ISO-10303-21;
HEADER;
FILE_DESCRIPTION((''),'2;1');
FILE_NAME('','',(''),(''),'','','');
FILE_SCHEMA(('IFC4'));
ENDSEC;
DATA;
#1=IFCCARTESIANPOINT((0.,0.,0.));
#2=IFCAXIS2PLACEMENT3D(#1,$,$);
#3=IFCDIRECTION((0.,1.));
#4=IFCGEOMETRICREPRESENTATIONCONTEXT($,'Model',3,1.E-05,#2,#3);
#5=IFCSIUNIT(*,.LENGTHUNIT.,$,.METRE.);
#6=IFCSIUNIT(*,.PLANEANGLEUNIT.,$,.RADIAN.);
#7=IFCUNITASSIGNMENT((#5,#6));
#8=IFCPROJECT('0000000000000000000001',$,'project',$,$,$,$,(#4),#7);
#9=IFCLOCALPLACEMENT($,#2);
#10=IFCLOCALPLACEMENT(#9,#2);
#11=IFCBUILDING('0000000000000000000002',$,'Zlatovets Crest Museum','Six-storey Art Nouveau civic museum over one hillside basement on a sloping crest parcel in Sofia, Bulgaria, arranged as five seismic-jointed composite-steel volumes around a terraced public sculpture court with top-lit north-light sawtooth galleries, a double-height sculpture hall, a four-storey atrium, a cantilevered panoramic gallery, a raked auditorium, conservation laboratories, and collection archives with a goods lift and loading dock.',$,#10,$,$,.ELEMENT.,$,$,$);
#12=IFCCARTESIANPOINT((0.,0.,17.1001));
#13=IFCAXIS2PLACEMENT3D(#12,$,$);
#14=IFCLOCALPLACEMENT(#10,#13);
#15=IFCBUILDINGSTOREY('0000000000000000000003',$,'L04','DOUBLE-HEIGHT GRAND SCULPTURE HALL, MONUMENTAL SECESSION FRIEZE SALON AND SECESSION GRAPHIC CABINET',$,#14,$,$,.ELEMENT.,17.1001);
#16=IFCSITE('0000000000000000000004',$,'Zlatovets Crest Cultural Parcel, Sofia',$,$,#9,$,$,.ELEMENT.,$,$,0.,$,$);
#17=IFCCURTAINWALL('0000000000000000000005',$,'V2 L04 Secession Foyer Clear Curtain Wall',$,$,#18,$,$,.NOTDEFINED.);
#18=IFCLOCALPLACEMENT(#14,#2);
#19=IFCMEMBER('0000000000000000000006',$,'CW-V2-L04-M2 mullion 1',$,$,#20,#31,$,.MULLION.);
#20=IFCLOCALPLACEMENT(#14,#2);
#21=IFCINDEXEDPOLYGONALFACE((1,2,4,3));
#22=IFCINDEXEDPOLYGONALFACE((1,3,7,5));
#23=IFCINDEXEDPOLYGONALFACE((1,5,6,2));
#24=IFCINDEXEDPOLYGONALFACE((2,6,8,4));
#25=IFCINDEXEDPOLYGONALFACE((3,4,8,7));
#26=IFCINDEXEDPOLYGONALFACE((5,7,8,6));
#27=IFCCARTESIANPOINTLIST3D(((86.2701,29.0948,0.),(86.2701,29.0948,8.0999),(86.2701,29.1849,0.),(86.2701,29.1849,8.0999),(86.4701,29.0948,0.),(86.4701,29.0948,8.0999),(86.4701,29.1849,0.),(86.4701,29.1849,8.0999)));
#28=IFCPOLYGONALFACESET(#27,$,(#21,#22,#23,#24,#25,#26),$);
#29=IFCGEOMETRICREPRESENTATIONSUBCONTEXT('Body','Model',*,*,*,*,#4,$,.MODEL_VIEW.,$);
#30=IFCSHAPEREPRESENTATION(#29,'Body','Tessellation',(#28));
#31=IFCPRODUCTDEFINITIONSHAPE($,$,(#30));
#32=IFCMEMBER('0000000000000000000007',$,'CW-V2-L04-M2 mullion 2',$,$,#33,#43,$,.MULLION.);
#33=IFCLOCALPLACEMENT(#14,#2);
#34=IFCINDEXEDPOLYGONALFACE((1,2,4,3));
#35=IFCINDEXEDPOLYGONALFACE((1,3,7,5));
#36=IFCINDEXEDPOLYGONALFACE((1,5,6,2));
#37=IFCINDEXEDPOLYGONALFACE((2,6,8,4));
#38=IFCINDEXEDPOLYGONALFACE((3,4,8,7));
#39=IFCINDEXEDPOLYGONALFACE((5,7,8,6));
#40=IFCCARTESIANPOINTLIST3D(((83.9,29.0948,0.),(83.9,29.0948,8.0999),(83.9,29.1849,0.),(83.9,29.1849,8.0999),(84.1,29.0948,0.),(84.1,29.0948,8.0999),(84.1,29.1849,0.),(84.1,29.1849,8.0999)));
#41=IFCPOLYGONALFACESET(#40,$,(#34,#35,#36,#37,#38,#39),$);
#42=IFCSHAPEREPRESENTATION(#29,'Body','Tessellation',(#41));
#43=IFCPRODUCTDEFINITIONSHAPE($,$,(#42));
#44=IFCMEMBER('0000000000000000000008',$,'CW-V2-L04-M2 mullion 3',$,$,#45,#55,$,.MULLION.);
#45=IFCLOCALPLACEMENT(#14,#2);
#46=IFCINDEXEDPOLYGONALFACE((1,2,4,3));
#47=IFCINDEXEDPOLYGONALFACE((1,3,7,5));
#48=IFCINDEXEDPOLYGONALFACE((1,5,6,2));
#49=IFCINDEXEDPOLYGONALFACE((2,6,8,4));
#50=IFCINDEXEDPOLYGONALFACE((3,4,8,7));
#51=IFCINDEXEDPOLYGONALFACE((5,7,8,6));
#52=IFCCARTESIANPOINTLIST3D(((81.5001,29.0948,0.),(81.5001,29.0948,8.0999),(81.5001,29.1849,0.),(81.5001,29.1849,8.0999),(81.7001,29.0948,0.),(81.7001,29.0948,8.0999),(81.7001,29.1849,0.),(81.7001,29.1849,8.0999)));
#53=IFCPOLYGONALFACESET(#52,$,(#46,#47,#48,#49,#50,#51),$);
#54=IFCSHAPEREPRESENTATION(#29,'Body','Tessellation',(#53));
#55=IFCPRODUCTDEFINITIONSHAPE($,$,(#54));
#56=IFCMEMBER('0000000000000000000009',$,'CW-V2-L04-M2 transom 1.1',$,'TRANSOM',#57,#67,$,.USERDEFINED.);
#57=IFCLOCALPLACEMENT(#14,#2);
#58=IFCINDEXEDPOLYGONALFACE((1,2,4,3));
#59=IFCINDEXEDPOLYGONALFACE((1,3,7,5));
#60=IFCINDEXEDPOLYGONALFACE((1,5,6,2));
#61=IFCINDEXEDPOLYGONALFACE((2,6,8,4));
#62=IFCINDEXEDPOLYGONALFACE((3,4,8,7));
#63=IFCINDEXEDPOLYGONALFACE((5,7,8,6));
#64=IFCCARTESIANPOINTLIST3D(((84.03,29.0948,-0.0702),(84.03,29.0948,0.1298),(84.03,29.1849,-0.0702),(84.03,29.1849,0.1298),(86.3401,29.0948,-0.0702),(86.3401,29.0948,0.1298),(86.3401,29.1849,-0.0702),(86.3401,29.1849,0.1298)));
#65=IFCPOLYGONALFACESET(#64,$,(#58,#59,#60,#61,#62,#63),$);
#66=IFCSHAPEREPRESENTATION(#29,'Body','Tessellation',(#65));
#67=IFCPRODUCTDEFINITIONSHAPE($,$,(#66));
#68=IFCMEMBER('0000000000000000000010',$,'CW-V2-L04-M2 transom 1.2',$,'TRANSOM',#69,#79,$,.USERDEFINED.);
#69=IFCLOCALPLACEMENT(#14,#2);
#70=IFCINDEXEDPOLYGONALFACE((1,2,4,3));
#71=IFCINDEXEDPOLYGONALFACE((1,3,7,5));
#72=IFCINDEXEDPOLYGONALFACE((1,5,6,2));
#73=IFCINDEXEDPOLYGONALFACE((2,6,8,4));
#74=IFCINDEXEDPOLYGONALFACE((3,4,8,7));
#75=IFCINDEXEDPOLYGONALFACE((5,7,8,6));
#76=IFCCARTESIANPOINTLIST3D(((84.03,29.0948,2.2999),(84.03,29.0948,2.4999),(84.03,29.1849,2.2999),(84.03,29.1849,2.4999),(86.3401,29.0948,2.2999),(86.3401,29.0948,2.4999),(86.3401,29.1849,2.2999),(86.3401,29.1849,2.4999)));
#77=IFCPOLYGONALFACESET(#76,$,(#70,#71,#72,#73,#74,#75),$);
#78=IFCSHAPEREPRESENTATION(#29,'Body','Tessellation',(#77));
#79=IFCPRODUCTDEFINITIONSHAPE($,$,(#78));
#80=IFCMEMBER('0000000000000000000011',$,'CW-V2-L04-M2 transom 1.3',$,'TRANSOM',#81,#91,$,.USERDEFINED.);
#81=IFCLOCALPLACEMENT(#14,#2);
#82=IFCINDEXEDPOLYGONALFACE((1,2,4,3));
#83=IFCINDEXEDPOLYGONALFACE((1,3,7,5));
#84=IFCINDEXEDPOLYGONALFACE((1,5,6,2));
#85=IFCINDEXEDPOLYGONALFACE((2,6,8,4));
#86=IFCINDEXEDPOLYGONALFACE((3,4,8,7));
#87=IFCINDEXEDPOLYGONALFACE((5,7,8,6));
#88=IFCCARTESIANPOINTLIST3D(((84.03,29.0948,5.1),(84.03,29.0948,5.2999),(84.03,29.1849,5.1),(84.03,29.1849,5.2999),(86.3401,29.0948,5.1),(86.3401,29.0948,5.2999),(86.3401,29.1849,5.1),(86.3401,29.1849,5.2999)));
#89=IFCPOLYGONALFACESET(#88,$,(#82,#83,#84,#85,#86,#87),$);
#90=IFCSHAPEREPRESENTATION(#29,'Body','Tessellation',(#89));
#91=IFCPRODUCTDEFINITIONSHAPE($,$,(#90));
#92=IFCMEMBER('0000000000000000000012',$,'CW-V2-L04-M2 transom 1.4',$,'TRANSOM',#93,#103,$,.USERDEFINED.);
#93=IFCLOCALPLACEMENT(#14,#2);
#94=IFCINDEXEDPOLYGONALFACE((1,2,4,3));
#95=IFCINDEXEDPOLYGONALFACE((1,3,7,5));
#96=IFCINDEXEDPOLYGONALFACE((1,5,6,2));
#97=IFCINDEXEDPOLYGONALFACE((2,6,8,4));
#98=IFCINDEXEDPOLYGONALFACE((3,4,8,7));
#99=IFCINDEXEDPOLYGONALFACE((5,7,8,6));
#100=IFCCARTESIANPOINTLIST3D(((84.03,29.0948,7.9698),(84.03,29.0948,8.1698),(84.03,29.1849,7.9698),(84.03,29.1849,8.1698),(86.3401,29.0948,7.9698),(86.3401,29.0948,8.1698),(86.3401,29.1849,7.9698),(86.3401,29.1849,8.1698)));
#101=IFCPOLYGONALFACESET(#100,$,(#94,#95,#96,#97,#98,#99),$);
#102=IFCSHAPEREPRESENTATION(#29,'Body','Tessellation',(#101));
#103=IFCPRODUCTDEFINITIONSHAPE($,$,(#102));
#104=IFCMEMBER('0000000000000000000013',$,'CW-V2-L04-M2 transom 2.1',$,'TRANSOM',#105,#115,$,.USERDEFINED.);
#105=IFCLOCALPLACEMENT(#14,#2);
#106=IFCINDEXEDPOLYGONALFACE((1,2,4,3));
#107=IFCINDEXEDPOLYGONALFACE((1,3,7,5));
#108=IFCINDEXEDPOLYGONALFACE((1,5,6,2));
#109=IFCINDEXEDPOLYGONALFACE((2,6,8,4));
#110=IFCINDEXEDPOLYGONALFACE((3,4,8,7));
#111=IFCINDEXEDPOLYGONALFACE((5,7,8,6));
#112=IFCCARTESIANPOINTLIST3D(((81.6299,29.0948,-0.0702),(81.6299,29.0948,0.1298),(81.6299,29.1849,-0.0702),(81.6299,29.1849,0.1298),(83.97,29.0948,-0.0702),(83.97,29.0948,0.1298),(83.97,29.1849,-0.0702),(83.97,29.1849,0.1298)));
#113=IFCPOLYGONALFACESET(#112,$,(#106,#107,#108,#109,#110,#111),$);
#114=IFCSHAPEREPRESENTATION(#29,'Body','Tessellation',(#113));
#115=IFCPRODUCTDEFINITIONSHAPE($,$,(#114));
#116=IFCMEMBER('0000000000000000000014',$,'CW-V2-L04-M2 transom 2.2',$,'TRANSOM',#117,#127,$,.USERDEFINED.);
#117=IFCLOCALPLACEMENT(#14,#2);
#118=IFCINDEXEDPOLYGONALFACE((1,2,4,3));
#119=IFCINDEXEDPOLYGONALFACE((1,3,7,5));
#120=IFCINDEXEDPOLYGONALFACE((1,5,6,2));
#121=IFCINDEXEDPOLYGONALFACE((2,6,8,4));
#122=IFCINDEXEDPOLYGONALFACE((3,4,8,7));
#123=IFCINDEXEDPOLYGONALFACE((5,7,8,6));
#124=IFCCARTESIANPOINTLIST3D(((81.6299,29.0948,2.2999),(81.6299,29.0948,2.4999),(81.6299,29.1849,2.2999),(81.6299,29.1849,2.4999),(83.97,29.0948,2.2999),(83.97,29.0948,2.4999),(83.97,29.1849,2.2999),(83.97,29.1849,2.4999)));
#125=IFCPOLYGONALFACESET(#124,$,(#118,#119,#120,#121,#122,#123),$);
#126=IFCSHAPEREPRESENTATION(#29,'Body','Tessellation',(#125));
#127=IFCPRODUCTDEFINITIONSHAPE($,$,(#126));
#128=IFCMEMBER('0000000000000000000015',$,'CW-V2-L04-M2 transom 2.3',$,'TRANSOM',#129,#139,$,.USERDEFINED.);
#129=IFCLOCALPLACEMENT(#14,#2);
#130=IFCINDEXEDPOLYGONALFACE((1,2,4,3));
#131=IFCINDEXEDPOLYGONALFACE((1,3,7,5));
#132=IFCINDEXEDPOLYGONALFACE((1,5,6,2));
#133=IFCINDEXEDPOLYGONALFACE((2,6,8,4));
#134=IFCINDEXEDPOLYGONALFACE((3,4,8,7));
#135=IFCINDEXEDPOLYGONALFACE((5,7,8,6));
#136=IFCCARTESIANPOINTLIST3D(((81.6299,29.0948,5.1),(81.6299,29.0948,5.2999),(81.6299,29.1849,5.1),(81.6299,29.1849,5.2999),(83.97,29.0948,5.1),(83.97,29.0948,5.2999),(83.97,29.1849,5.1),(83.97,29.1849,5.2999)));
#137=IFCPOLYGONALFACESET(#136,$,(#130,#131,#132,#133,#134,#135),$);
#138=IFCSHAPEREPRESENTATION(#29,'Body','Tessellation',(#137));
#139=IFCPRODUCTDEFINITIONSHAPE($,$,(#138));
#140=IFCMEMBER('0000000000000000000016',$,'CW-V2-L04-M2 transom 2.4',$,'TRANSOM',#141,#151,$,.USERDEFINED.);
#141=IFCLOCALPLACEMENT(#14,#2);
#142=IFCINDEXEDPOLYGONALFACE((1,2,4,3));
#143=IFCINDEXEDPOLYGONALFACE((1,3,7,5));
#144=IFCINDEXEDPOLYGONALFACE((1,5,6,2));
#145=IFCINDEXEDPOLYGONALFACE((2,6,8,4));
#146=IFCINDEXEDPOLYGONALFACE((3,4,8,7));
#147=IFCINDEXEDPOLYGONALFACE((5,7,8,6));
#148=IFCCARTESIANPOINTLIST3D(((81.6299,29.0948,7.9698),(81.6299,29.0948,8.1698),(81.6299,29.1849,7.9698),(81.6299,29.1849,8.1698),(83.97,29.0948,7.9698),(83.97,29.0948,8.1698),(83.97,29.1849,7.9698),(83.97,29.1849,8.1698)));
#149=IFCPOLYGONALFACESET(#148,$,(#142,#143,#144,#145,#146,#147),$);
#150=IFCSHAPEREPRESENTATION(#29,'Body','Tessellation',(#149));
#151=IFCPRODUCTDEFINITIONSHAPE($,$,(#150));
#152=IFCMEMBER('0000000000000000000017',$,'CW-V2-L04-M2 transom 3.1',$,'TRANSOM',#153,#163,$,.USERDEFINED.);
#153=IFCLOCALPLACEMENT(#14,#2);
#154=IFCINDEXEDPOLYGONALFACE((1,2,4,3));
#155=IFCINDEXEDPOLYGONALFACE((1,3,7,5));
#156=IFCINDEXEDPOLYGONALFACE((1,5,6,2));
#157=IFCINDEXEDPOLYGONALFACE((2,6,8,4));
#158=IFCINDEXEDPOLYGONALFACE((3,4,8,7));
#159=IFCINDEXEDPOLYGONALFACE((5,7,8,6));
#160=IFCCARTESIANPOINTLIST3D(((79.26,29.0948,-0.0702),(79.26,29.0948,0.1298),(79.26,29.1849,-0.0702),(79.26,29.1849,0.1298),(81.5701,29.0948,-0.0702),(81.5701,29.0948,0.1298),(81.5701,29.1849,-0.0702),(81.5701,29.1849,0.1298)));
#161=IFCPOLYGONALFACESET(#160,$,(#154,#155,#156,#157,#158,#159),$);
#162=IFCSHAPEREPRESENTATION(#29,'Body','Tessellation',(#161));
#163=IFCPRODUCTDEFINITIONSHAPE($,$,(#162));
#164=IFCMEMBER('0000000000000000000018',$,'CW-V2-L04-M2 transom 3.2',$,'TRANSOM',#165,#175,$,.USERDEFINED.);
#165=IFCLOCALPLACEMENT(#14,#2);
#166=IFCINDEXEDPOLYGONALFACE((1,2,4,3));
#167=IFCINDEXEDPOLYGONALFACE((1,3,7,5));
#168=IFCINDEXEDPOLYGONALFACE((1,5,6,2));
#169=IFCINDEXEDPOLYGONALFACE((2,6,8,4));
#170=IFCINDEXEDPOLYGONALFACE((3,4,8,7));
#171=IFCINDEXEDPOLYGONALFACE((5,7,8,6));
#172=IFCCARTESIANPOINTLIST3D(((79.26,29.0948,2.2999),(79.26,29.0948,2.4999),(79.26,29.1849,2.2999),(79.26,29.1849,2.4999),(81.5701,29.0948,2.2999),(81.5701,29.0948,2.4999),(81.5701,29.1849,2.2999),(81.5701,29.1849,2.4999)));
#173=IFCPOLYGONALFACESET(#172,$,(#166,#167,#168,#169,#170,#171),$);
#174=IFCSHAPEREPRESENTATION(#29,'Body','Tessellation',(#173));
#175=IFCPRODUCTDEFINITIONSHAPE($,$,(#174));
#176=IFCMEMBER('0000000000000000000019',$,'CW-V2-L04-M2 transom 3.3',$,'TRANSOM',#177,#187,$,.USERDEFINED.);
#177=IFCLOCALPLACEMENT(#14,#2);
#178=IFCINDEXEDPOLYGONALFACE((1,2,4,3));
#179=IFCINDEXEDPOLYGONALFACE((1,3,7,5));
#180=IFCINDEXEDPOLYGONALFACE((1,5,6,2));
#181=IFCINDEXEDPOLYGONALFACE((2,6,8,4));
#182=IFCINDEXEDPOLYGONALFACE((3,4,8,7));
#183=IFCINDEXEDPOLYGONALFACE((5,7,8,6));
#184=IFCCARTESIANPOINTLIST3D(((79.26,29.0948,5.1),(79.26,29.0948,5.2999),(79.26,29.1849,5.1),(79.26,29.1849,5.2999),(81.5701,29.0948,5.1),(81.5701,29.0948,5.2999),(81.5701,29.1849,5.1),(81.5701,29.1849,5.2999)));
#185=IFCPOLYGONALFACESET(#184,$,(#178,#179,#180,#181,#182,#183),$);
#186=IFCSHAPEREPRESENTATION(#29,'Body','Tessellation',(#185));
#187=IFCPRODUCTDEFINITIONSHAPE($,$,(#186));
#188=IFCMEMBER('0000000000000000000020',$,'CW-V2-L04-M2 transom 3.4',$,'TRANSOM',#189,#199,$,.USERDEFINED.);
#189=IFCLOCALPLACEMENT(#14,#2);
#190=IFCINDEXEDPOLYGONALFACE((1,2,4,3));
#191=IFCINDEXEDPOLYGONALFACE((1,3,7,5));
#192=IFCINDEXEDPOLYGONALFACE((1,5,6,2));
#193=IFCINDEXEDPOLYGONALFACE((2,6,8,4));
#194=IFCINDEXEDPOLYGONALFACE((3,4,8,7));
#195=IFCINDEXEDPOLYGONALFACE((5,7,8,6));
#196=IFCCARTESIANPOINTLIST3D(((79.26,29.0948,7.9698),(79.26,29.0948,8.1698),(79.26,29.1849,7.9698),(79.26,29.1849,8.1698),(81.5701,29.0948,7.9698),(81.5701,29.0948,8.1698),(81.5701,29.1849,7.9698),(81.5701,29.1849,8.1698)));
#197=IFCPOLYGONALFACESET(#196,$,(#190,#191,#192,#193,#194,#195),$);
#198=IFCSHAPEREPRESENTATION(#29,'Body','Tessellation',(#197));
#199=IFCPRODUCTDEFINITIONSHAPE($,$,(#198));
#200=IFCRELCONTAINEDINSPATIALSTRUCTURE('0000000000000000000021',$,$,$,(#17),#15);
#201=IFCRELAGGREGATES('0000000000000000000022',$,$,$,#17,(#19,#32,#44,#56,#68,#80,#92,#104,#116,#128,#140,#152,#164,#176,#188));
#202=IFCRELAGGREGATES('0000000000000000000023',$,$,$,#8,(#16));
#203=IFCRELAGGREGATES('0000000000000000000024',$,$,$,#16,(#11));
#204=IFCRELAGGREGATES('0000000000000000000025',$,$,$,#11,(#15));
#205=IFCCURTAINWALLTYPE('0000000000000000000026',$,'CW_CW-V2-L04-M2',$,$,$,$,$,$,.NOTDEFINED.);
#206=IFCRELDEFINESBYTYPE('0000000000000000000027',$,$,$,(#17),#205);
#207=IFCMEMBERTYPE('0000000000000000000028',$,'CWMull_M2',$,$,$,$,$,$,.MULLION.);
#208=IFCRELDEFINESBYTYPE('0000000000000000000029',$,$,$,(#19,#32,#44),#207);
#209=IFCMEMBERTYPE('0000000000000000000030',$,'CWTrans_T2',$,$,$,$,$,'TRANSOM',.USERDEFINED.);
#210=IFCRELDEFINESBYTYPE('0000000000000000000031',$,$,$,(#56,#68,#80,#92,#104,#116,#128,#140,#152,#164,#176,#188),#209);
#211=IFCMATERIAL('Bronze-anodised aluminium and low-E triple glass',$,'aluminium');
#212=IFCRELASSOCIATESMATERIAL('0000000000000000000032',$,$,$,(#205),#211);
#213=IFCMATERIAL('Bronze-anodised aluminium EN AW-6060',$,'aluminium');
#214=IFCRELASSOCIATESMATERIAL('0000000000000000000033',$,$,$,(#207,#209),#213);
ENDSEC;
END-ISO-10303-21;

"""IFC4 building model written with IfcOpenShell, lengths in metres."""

from ifc_helpers import new_model, si_unit, direction, frame, origin, origin_2d, place, context, subcontext, project, spatial, rectangle, extrude, material, material_profile, profile_set, type_object, element, aggregate, save


model = new_model("IFC4")

# Units and contexts
model_context = context("Model", 3, precision=1e-05, world=origin(), true_north=direction((0.0, 1.0)))
body_context = subcontext(model_context, "Body", "Model", "MODEL_VIEW")
ifc_project = project(units=[si_unit("LENGTHUNIT", "METRE"), si_unit("PLANEANGLEUNIT", "RADIAN")], contexts=[model_context])

# Site, building, storey
site_placement = place(None, origin())
site = spatial("IfcSite", under=ifc_project, at=site_placement, Name="Zlatovets Crest Cultural Parcel, Sofia", CompositionType="ELEMENT", RefElevation=0.0)
building_placement = place(site_placement, origin())
building = spatial("IfcBuilding", under=site, at=building_placement, Name="Zlatovets Crest Museum", Description="Six-storey Art Nouveau civic museum over one hillside basement on a sloping crest parcel in Sofia, Bulgaria, arranged as five seismic-jointed composite-steel volumes around a terraced public sculpture court with top-lit north-light sawtooth galleries, a double-height sculpture hall, a four-storey atrium, a cantilevered panoramic gallery, a raked auditorium, conservation laboratories, and collection archives with a goods lift and loading dock.", CompositionType="ELEMENT")
storey_placement = place(building_placement, frame((0.0, 0.0, 17.1001)))
storey = spatial("IfcBuildingStorey", under=building, at=storey_placement, Name="L04", Description="DOUBLE-HEIGHT GRAND SCULPTURE HALL, MONUMENTAL SECESSION FRIEZE SALON AND SECESSION GRAPHIC CABINET", CompositionType="ELEMENT", Elevation=17.1001)

# Curtain wall, members
ifc_material_1 = material(Name="Bronze-anodised aluminium and low-E triple glass", Category="aluminium")
curtain_wall_type = type_object("IfcCurtainWallType", Name="CW_CW-V2-L04-M2", PredefinedType="NOTDEFINED", material=ifc_material_1)
curtain_wall_placement = place(storey_placement, origin())
curtain_wall = element("IfcCurtainWall", 1, at=curtain_wall_placement, inside=storey, type_object=curtain_wall_type, Name="V2 L04 Secession Foyer Clear Curtain Wall", PredefinedType="NOTDEFINED")
ifc_material_2 = material(Name="Bronze-anodised aluminium EN AW-6060", Category="aluminium")
ifc_material_profile_1 = material_profile(ifc_material_2, rectangle(XDim=0.0901, YDim=0.2, at=origin_2d()), Name="ALU 90x200")
ifc_profile_set_1 = profile_set([ifc_material_profile_1], Name="Bronze-anodised aluminium EN AW-6060")
member_type_1 = type_object("IfcMemberType", Name="CWMull_M2", PredefinedType="MULLION", material=ifc_profile_set_1)
member_1_placement = place(storey_placement, frame((86.3701, 29.1399, 0.0), z_axis=(0.0, 0.0, 1.0), x_axis=(0.0, -1.0, 0.0)))
member_1 = element("IfcMember", 2, at=member_1_placement, type_object=member_type_1, Name="CW-V2-L04-M2 mullion 1", PredefinedType="MULLION", context=body_context, shape_type="SweptSolid", body=[
    extrude(rectangle(XDim=0.0901, YDim=0.2, at=origin_2d()), origin(), (0.0, 0.0, 1.0), 8.0999),
])
member_2_placement = place(storey_placement, frame((84.0, 29.1399, 0.0), z_axis=(0.0, 0.0, 1.0), x_axis=(0.0, -1.0, 0.0)))
member_2 = element("IfcMember", 3, at=member_2_placement, type_object=member_type_1, Name="CW-V2-L04-M2 mullion 2", PredefinedType="MULLION", context=body_context, shape_type="SweptSolid", body=[
    extrude(rectangle(XDim=0.0901, YDim=0.2, at=origin_2d()), origin(), (0.0, 0.0, 1.0), 8.0999),
])
member_3_placement = place(storey_placement, frame((81.6001, 29.1399, 0.0), z_axis=(0.0, 0.0, 1.0), x_axis=(0.0, -1.0, 0.0)))
member_3 = element("IfcMember", 4, at=member_3_placement, type_object=member_type_1, Name="CW-V2-L04-M2 mullion 3", PredefinedType="MULLION", context=body_context, shape_type="SweptSolid", body=[
    extrude(rectangle(XDim=0.0901, YDim=0.2, at=origin_2d()), origin(), (0.0, 0.0, 1.0), 8.0999),
])
ifc_material_profile_2 = material_profile(ifc_material_2, rectangle(XDim=0.0901, YDim=0.2, at=origin_2d()), Name="ALU 90x200")
ifc_profile_set_2 = profile_set([ifc_material_profile_2], Name="Bronze-anodised aluminium EN AW-6060")
member_type_2 = type_object("IfcMemberType", Name="CWTrans_T2", ElementType="TRANSOM", PredefinedType="USERDEFINED", material=ifc_profile_set_2)
member_4_placement = place(storey_placement, frame((86.3401, 29.1399, 0.0298), z_axis=(-1.0, 0.0, 0.0), x_axis=(0.0, -1.0, 0.0)))
member_4 = element("IfcMember", 5, at=member_4_placement, type_object=member_type_2, Name="CW-V2-L04-M2 transom 1.1", ObjectType="TRANSOM", PredefinedType="USERDEFINED", context=body_context, shape_type="SweptSolid", body=[
    extrude(rectangle(XDim=0.0901, YDim=0.2, at=origin_2d()), origin(), (0.0, 0.0, 1.0), 2.3101),
])
member_5_placement = place(storey_placement, frame((86.3401, 29.1399, 2.3999), z_axis=(-1.0, 0.0, 0.0), x_axis=(0.0, -1.0, 0.0)))
member_5 = element("IfcMember", 6, at=member_5_placement, type_object=member_type_2, Name="CW-V2-L04-M2 transom 1.2", ObjectType="TRANSOM", PredefinedType="USERDEFINED", context=body_context, shape_type="SweptSolid", body=[
    extrude(rectangle(XDim=0.0901, YDim=0.2, at=origin_2d()), origin(), (0.0, 0.0, 1.0), 2.3101),
])
member_6_placement = place(storey_placement, frame((86.3401, 29.1399, 5.2), z_axis=(-1.0, 0.0, 0.0), x_axis=(0.0, -1.0, 0.0)))
member_6 = element("IfcMember", 7, at=member_6_placement, type_object=member_type_2, Name="CW-V2-L04-M2 transom 1.3", ObjectType="TRANSOM", PredefinedType="USERDEFINED", context=body_context, shape_type="SweptSolid", body=[
    extrude(rectangle(XDim=0.0901, YDim=0.2, at=origin_2d()), origin(), (0.0, 0.0, 1.0), 2.3101),
])
member_7_placement = place(storey_placement, frame((86.3401, 29.1399, 8.0698), z_axis=(-1.0, 0.0, 0.0), x_axis=(0.0, -1.0, 0.0)))
member_7 = element("IfcMember", 8, at=member_7_placement, type_object=member_type_2, Name="CW-V2-L04-M2 transom 1.4", ObjectType="TRANSOM", PredefinedType="USERDEFINED", context=body_context, shape_type="SweptSolid", body=[
    extrude(rectangle(XDim=0.0901, YDim=0.2, at=origin_2d()), origin(), (0.0, 0.0, 1.0), 2.3101),
])
member_8_placement = place(storey_placement, frame((83.97, 29.1399, 0.0298), z_axis=(-1.0, 0.0, 0.0), x_axis=(0.0, -1.0, 0.0)))
member_8 = element("IfcMember", 9, at=member_8_placement, type_object=member_type_2, Name="CW-V2-L04-M2 transom 2.1", ObjectType="TRANSOM", PredefinedType="USERDEFINED", context=body_context, shape_type="SweptSolid", body=[
    extrude(rectangle(XDim=0.0901, YDim=0.2, at=origin_2d()), origin(), (0.0, 0.0, 1.0), 2.3401),
])
member_9_placement = place(storey_placement, frame((83.97, 29.1399, 2.3999), z_axis=(-1.0, 0.0, 0.0), x_axis=(0.0, -1.0, 0.0)))
member_9 = element("IfcMember", 10, at=member_9_placement, type_object=member_type_2, Name="CW-V2-L04-M2 transom 2.2", ObjectType="TRANSOM", PredefinedType="USERDEFINED", context=body_context, shape_type="SweptSolid", body=[
    extrude(rectangle(XDim=0.0901, YDim=0.2, at=origin_2d()), origin(), (0.0, 0.0, 1.0), 2.3401),
])
member_10_placement = place(storey_placement, frame((83.97, 29.1399, 5.2), z_axis=(-1.0, 0.0, 0.0), x_axis=(0.0, -1.0, 0.0)))
member_10 = element("IfcMember", 11, at=member_10_placement, type_object=member_type_2, Name="CW-V2-L04-M2 transom 2.3", ObjectType="TRANSOM", PredefinedType="USERDEFINED", context=body_context, shape_type="SweptSolid", body=[
    extrude(rectangle(XDim=0.0901, YDim=0.2, at=origin_2d()), origin(), (0.0, 0.0, 1.0), 2.3401),
])
member_11_placement = place(storey_placement, frame((83.97, 29.1399, 8.0698), z_axis=(-1.0, 0.0, 0.0), x_axis=(0.0, -1.0, 0.0)))
member_11 = element("IfcMember", 12, at=member_11_placement, type_object=member_type_2, Name="CW-V2-L04-M2 transom 2.4", ObjectType="TRANSOM", PredefinedType="USERDEFINED", context=body_context, shape_type="SweptSolid", body=[
    extrude(rectangle(XDim=0.0901, YDim=0.2, at=origin_2d()), origin(), (0.0, 0.0, 1.0), 2.3401),
])
member_12_placement = place(storey_placement, frame((81.5701, 29.1399, 0.0298), z_axis=(-1.0, 0.0, 0.0), x_axis=(0.0, -1.0, 0.0)))
member_12 = element("IfcMember", 13, at=member_12_placement, type_object=member_type_2, Name="CW-V2-L04-M2 transom 3.1", ObjectType="TRANSOM", PredefinedType="USERDEFINED", context=body_context, shape_type="SweptSolid", body=[
    extrude(rectangle(XDim=0.0901, YDim=0.2, at=origin_2d()), origin(), (0.0, 0.0, 1.0), 2.3101),
])
member_13_placement = place(storey_placement, frame((81.5701, 29.1399, 2.3999), z_axis=(-1.0, 0.0, 0.0), x_axis=(0.0, -1.0, 0.0)))
member_13 = element("IfcMember", 14, at=member_13_placement, type_object=member_type_2, Name="CW-V2-L04-M2 transom 3.2", ObjectType="TRANSOM", PredefinedType="USERDEFINED", context=body_context, shape_type="SweptSolid", body=[
    extrude(rectangle(XDim=0.0901, YDim=0.2, at=origin_2d()), origin(), (0.0, 0.0, 1.0), 2.3101),
])
member_14_placement = place(storey_placement, frame((81.5701, 29.1399, 5.2), z_axis=(-1.0, 0.0, 0.0), x_axis=(0.0, -1.0, 0.0)))
member_14 = element("IfcMember", 15, at=member_14_placement, type_object=member_type_2, Name="CW-V2-L04-M2 transom 3.3", ObjectType="TRANSOM", PredefinedType="USERDEFINED", context=body_context, shape_type="SweptSolid", body=[
    extrude(rectangle(XDim=0.0901, YDim=0.2, at=origin_2d()), origin(), (0.0, 0.0, 1.0), 2.3101),
])
member_15_placement = place(storey_placement, frame((81.5701, 29.1399, 8.0698), z_axis=(-1.0, 0.0, 0.0), x_axis=(0.0, -1.0, 0.0)))
member_15 = element("IfcMember", 16, at=member_15_placement, type_object=member_type_2, Name="CW-V2-L04-M2 transom 3.4", ObjectType="TRANSOM", PredefinedType="USERDEFINED", context=body_context, shape_type="SweptSolid", body=[
    extrude(rectangle(XDim=0.0901, YDim=0.2, at=origin_2d()), origin(), (0.0, 0.0, 1.0), 2.3101),
])

aggregate(curtain_wall, [member_1, member_2, member_3, member_4, member_5, member_6, member_7, member_8, member_9, member_10, member_11, member_12, member_13, member_14, member_15])

save(model, "model.ifc")
